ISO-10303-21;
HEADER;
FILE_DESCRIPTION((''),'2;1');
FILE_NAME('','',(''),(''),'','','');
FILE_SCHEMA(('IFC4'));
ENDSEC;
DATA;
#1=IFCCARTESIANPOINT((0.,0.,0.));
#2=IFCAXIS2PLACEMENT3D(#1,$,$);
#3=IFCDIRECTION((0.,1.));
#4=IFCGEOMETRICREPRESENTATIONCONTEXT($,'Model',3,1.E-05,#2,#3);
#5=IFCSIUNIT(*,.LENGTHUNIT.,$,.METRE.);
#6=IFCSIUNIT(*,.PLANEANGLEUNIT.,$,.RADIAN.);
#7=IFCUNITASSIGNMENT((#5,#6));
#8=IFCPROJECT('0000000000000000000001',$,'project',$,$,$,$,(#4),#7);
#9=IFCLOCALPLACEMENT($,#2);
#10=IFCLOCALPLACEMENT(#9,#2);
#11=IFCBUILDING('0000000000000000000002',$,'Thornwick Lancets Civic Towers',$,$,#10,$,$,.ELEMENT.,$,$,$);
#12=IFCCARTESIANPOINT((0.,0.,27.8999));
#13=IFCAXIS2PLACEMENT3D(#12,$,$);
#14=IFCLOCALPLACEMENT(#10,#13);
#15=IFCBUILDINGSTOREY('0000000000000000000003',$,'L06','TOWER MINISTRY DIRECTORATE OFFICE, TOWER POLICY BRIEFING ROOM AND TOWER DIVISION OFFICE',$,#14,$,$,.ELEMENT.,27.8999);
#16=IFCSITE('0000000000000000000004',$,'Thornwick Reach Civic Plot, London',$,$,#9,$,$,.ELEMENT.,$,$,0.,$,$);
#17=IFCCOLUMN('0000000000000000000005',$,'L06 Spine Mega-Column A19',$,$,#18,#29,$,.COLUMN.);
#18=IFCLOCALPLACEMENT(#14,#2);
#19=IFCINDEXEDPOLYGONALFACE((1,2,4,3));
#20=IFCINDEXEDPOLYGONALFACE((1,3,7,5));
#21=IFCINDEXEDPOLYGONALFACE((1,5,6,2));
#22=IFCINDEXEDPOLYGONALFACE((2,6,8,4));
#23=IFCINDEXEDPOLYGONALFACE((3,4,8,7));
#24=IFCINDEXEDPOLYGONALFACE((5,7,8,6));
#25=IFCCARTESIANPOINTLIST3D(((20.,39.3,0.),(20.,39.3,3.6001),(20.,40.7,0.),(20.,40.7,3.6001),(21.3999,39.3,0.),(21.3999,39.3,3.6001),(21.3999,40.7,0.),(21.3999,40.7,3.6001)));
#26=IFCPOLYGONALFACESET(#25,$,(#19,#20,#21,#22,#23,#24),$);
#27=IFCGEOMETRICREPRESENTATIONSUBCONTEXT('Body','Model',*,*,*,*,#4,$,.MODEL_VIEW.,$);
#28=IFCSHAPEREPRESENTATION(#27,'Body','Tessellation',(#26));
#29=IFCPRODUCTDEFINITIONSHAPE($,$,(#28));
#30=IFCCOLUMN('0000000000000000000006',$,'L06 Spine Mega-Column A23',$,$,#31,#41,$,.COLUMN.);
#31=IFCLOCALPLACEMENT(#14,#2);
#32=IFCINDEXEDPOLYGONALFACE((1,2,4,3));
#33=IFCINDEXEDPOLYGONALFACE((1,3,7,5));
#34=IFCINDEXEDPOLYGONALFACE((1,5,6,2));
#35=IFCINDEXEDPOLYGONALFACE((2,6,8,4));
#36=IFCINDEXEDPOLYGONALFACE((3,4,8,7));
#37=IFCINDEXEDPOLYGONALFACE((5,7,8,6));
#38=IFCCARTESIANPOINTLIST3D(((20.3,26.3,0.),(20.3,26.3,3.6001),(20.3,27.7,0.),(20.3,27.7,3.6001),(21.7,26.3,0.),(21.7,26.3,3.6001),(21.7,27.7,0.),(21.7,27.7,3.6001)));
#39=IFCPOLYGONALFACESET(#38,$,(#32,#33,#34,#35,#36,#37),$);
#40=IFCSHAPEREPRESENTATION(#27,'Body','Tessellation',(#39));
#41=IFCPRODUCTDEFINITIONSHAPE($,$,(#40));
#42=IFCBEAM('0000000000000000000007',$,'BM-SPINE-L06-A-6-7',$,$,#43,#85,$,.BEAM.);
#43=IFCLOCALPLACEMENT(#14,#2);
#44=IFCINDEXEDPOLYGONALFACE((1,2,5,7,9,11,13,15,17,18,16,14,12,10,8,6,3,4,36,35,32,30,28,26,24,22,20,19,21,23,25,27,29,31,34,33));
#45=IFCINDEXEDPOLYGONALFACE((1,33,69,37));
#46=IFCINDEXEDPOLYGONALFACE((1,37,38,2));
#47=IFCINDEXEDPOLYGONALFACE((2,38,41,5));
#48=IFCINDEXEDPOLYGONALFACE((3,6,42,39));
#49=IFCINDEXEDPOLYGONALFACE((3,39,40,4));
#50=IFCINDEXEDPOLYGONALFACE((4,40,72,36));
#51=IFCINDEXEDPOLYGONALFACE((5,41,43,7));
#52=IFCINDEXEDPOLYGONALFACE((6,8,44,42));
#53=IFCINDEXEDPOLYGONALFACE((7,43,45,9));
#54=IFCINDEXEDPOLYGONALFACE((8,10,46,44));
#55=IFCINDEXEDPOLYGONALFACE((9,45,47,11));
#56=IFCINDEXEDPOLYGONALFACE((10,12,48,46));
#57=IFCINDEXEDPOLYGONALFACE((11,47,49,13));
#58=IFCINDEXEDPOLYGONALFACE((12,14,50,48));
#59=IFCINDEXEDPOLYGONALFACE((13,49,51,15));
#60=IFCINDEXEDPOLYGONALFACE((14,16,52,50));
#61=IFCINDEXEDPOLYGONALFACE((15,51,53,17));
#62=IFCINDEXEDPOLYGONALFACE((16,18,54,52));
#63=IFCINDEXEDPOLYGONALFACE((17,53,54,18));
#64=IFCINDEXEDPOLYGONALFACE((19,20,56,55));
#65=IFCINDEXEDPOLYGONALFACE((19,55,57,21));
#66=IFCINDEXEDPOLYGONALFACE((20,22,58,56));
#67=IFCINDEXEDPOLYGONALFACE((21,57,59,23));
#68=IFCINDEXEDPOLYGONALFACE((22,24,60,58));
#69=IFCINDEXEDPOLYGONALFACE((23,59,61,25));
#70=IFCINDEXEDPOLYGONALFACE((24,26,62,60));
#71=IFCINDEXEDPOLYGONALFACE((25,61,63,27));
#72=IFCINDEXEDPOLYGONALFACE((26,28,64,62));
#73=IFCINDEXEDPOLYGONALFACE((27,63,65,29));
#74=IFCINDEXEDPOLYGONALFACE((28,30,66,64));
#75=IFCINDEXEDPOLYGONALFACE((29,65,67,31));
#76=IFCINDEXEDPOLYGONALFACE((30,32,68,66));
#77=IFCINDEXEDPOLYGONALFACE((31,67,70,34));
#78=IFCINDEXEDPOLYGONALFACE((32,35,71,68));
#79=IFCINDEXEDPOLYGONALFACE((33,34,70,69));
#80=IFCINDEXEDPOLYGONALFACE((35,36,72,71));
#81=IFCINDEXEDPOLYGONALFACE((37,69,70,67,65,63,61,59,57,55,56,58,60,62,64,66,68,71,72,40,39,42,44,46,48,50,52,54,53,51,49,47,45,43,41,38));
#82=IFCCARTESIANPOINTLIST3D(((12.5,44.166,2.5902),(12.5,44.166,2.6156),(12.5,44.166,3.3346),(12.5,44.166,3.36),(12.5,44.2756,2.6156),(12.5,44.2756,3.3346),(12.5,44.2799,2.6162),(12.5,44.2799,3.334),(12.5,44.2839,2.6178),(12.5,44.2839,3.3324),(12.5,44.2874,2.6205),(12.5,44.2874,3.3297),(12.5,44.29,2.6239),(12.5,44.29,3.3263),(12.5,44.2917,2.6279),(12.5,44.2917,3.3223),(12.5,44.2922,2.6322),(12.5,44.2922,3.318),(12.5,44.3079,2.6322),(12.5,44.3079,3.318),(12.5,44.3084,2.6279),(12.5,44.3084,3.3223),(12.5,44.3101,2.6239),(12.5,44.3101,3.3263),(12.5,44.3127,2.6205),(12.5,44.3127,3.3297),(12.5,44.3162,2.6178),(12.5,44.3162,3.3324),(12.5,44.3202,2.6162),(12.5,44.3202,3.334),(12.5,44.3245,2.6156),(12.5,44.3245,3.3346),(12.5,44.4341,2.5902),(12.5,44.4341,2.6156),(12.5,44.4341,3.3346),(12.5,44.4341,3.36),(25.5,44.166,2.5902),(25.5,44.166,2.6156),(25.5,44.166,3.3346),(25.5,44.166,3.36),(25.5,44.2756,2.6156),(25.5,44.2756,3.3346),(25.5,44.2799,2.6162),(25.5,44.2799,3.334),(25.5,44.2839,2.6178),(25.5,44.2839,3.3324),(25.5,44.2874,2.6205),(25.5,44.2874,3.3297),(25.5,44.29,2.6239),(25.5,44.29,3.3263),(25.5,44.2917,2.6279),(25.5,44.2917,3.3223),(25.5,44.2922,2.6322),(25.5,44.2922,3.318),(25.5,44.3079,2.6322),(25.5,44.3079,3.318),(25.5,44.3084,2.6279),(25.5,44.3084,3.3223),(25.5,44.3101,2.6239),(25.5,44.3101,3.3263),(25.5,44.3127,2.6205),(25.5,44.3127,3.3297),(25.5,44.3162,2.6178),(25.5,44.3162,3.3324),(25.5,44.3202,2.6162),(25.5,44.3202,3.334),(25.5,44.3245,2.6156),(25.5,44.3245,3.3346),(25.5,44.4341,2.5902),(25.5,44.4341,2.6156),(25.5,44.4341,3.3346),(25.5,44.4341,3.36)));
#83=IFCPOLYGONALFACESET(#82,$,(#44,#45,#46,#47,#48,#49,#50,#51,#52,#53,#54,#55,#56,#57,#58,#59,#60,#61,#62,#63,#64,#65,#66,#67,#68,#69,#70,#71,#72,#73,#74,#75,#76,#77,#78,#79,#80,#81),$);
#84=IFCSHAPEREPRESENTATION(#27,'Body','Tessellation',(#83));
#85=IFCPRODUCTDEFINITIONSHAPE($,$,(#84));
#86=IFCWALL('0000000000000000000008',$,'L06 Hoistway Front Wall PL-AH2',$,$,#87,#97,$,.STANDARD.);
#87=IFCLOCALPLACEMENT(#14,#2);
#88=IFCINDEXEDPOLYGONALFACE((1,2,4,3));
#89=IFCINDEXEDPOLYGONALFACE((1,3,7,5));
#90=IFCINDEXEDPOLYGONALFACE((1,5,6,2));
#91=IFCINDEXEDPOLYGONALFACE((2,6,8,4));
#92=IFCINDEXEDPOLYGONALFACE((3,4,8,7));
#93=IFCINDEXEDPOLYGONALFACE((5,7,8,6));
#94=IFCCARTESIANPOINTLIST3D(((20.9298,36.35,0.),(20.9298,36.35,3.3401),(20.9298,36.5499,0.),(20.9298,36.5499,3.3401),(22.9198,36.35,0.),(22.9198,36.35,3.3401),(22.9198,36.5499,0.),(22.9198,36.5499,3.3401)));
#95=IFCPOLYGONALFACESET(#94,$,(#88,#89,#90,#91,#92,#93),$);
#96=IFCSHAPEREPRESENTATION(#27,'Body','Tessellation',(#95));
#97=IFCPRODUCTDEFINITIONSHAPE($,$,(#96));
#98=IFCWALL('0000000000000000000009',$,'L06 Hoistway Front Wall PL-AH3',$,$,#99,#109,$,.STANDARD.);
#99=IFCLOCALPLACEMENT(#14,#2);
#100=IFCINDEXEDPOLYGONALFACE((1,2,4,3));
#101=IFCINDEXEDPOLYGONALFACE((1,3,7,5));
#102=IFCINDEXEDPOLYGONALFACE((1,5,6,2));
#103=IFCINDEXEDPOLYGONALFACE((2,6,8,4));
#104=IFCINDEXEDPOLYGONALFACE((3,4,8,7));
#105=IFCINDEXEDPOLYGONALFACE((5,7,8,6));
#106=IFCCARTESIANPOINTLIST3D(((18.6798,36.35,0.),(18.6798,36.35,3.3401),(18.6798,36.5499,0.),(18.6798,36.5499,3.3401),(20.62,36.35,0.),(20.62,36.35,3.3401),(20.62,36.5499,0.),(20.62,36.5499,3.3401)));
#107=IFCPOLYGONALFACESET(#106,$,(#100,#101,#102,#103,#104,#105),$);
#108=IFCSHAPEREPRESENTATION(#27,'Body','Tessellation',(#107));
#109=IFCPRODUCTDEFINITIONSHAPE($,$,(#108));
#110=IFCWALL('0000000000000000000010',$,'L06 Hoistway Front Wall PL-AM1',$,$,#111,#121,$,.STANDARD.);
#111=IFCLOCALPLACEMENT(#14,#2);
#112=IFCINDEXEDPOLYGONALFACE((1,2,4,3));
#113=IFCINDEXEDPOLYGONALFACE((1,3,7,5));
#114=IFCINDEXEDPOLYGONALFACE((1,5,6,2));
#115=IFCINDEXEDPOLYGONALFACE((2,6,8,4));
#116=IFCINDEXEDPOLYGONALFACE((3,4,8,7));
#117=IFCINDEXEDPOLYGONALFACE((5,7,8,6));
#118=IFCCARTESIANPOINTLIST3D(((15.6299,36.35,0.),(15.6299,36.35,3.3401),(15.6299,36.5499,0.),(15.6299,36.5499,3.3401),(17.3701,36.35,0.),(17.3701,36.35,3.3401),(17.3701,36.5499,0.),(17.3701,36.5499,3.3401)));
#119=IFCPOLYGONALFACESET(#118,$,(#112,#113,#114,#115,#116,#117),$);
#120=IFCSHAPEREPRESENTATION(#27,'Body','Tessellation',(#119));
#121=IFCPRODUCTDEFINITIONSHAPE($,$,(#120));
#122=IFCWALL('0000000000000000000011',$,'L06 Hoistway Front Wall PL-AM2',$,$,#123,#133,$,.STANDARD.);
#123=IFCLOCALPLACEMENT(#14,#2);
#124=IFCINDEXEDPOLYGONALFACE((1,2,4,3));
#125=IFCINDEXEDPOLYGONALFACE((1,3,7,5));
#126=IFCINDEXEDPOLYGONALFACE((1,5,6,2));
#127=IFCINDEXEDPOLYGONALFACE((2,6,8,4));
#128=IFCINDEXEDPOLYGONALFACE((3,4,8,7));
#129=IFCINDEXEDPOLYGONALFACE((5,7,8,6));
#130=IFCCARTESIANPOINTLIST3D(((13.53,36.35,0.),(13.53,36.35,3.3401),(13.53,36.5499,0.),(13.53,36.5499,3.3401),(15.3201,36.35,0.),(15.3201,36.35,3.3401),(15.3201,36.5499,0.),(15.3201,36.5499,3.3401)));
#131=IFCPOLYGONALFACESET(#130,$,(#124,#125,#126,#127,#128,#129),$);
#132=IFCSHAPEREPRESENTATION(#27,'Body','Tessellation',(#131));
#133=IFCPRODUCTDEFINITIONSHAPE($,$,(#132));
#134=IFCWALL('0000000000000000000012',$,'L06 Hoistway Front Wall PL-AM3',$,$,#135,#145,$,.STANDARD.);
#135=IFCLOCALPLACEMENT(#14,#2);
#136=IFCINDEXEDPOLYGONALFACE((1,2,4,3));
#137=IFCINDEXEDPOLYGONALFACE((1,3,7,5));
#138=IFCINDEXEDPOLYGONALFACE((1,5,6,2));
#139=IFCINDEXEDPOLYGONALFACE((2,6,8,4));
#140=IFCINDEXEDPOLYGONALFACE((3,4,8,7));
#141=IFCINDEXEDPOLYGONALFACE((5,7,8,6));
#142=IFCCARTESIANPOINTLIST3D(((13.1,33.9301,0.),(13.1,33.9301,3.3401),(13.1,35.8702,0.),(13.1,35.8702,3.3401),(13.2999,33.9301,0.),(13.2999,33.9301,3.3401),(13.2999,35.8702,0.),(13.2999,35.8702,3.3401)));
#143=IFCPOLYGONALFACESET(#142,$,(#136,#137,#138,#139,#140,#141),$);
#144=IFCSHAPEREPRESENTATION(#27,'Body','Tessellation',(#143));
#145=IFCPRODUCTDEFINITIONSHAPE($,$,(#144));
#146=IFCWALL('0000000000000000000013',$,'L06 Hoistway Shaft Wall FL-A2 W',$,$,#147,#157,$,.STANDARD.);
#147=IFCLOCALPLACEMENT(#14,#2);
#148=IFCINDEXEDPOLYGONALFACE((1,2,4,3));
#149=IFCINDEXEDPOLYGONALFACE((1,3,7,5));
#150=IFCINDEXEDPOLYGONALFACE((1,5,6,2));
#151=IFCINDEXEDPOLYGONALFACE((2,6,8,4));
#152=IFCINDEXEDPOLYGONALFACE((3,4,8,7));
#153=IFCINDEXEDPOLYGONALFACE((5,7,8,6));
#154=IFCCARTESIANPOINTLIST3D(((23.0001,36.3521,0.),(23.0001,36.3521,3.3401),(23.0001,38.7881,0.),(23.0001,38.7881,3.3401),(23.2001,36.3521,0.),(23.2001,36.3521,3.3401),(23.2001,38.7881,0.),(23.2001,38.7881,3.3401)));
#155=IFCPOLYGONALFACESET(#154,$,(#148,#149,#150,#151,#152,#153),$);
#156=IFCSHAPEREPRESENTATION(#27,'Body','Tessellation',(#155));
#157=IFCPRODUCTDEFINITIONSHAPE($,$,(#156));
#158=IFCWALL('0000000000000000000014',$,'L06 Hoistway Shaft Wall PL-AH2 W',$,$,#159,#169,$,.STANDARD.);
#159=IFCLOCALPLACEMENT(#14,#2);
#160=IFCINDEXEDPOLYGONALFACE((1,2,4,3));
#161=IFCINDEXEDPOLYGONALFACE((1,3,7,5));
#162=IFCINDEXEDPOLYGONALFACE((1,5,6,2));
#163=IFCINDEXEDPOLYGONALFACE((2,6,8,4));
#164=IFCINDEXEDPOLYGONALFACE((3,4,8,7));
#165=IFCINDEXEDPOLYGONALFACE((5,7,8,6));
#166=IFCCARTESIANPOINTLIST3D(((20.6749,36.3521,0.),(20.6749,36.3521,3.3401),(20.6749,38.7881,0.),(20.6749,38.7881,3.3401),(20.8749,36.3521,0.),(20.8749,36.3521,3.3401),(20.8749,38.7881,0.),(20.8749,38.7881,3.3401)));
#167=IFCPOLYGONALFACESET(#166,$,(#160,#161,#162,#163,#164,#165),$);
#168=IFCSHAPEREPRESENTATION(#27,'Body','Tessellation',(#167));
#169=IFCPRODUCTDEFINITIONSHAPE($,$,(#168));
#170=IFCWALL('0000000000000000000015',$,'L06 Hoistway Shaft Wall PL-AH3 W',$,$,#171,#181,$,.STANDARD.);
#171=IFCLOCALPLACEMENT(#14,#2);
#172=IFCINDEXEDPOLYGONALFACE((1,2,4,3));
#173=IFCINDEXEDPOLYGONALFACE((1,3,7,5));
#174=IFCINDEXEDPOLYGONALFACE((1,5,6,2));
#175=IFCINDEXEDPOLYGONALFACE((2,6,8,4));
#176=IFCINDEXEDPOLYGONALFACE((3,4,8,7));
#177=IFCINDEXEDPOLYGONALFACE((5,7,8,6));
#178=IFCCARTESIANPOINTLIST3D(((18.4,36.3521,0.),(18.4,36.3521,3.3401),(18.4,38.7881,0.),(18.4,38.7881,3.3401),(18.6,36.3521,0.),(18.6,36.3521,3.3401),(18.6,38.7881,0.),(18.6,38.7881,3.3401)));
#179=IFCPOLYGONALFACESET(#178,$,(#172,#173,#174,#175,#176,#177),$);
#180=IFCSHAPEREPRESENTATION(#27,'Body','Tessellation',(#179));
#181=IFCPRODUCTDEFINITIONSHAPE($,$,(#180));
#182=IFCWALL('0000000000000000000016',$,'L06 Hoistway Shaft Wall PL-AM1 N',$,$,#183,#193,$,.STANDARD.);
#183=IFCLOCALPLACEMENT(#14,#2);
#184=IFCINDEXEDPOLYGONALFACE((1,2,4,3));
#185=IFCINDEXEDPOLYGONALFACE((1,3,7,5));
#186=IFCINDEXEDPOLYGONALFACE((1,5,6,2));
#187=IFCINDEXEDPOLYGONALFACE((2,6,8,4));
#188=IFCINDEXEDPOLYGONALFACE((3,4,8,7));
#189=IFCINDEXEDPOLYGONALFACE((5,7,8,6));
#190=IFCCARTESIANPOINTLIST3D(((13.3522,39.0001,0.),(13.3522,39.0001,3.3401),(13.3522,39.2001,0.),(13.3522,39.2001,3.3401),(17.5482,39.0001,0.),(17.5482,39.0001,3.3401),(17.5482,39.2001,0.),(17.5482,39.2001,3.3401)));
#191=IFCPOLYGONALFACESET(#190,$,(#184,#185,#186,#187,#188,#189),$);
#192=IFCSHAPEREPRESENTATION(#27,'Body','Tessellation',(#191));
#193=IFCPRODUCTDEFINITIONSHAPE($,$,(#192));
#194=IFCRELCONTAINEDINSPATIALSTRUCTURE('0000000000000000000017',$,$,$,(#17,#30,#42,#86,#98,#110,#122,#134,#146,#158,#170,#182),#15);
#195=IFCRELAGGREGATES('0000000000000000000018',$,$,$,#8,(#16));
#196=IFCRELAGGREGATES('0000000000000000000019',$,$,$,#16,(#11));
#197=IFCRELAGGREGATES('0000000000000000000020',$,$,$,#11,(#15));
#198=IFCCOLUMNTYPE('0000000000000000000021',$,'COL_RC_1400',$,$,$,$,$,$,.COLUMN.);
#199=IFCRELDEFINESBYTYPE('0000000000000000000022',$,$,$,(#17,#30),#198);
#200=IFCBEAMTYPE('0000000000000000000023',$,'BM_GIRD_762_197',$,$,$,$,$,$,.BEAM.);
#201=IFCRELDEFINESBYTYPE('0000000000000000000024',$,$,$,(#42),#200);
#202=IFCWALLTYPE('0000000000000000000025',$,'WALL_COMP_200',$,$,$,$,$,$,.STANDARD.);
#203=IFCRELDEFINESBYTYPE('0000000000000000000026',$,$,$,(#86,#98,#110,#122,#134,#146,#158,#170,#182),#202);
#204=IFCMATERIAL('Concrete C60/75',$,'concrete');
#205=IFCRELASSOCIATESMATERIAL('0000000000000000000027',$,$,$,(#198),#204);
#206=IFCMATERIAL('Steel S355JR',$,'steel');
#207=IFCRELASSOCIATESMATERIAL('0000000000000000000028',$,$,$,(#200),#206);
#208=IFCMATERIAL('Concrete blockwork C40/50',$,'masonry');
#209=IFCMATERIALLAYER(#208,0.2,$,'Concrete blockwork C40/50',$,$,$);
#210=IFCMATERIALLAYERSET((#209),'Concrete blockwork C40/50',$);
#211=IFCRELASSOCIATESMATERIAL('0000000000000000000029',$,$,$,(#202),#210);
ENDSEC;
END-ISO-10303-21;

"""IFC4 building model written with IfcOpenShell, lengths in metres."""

from ifc_helpers import new_model, si_unit, direction, frame, frame_2d, origin, origin_2d, place, context, subcontext, project, spatial, rectangle, i_section, extrude, material, layer, layer_set, material_profile, profile_set, type_object, element, save


model = new_model("IFC4")

# Units and contexts
model_context = context("Model", 3, precision=1e-05, world=origin(), true_north=direction((0.0, 1.0)))
body_context = subcontext(model_context, "Body", "Model", "MODEL_VIEW")
ifc_project = project(units=[si_unit("LENGTHUNIT", "METRE"), si_unit("PLANEANGLEUNIT", "RADIAN")], contexts=[model_context])

# Site, building, storey
site_placement = place(None, origin())
site = spatial("IfcSite", under=ifc_project, at=site_placement, Name="Thornwick Reach Civic Plot, London", CompositionType="ELEMENT", RefElevation=0.0)
building_placement = place(site_placement, origin())
building = spatial("IfcBuilding", under=site, at=building_placement, Name="Thornwick Lancets Civic Towers", CompositionType="ELEMENT")
storey_placement = place(building_placement, frame((0.0, 0.0, 27.8999)))
storey = spatial("IfcBuildingStorey", under=building, at=storey_placement, Name="L06", Description="TOWER MINISTRY DIRECTORATE OFFICE, TOWER POLICY BRIEFING ROOM AND TOWER DIVISION OFFICE", CompositionType="ELEMENT", Elevation=27.8999)

# Columns
ifc_material_1 = material(Name="Concrete C60/75", Category="concrete")
ifc_material_profile_1 = material_profile(ifc_material_1, rectangle(XDim=1.3999, YDim=1.3999, at=origin_2d()), Name="RC 1400x1400")
ifc_profile_set_1 = profile_set([ifc_material_profile_1], Name="Concrete C60/75")
column_type = type_object("IfcColumnType", Name="COL_RC_1400", PredefinedType="COLUMN", material=ifc_profile_set_1)
for number, where, z_axis, x_axis, name in (
    (1, (20.7, 40.0, 0.0), (0.0, 0.0, 1.0), (1.0, 0.0, 0.0), "L06 Spine Mega-Column A19"),
    (2, (21.0, 27.0, 0.0), (0.0, 0.0, 1.0), (1.0, 0.0, 0.0), "L06 Spine Mega-Column A23"),
):
    element("IfcColumn", number, at=place(storey_placement, frame(where, z_axis=z_axis, x_axis=x_axis)), inside=storey, type_object=column_type, Name=name, PredefinedType="COLUMN", context=body_context, shape_type="SweptSolid", body=[
        extrude(rectangle(XDim=1.3999, YDim=1.3999, at=origin_2d()), origin(), (0.0, 0.0, 1.0), 3.6001),
    ])

# Beam
ifc_material_2 = material(Name="Steel S355JR", Category="steel")
ifc_material_profile_2 = material_profile(ifc_material_2, i_section(OverallWidth=0.2681, OverallDepth=0.7698, WebThickness=0.0156, FlangeThickness=0.0254, FilletRadius=0.0166, at=origin_2d()), Name="UKB 762x267x197")
ifc_profile_set_2 = profile_set([ifc_material_profile_2], Name="Steel S355JR")
beam_type = type_object("IfcBeamType", Name="BM_GIRD_762_197", PredefinedType="BEAM", material=ifc_profile_set_2)
beam_placement = place(storey_placement, frame((12.5, 44.3, 2.9751), z_axis=(1.0, 0.0, 0.0), x_axis=(0.0, 1.0, 0.0)))
element("IfcBeam", 3, at=beam_placement, inside=storey, type_object=beam_type, Name="BM-SPINE-L06-A-6-7", PredefinedType="BEAM", context=body_context, shape_type="SweptSolid", body=[
    extrude(i_section(OverallWidth=0.2681, OverallDepth=0.7698, WebThickness=0.0156, FlangeThickness=0.0254, FilletRadius=0.0166, at=origin_2d()), origin(), (0.0, 0.0, 1.0), 13.0),
])

# Walls
ifc_material_3 = material(Name="Concrete blockwork C40/50", Category="masonry")
ifc_layer_1 = layer(ifc_material_3, 0.2, Name="Concrete blockwork C40/50")
ifc_layer_set_1 = layer_set([ifc_layer_1], Name="Concrete blockwork C40/50")
wall_type_1 = type_object("IfcWallType", Name="WALL_COMP_200", PredefinedType="STANDARD", material=ifc_layer_set_1)
wall_1_placement = place(storey_placement, frame((22.9199, 36.45, 0.0), z_axis=(0.0, 0.0, 1.0), x_axis=(-1.0, 0.0, 0.0)))
element("IfcWall", 4, at=wall_1_placement, inside=storey, type_object=wall_type_1, Name="L06 Hoistway Front Wall PL-AH2", PredefinedType="STANDARD", context=body_context, shape_type="SweptSolid", body=[
    extrude(rectangle(XDim=1.99, YDim=0.2, at=frame_2d((0.9951, 0.0))), origin(), (0.0, 0.0, 1.0), 3.3401),
])
wall_2_placement = place(storey_placement, frame((20.6201, 36.45, 0.0), z_axis=(0.0, 0.0, 1.0), x_axis=(-1.0, 0.0, 0.0)))
element("IfcWall", 5, at=wall_2_placement, inside=storey, type_object=wall_type_1, Name="L06 Hoistway Front Wall PL-AH3", PredefinedType="STANDARD", context=body_context, shape_type="SweptSolid", body=[
    extrude(rectangle(XDim=1.9402, YDim=0.2, at=frame_2d((0.9702, 0.0))), origin(), (0.0, 0.0, 1.0), 3.3401),
])
wall_3_placement = place(storey_placement, frame((17.3701, 36.45, 0.0), z_axis=(0.0, 0.0, 1.0), x_axis=(-1.0, 0.0, 0.0)))
element("IfcWall", 6, at=wall_3_placement, inside=storey, type_object=wall_type_1, Name="L06 Hoistway Front Wall PL-AM1", PredefinedType="STANDARD", context=body_context, shape_type="SweptSolid", body=[
    extrude(rectangle(XDim=1.7402, YDim=0.2, at=frame_2d((0.8701, 0.0))), origin(), (0.0, 0.0, 1.0), 3.3401),
])
wall_4_placement = place(storey_placement, frame((15.3201, 36.45, 0.0), z_axis=(0.0, 0.0, 1.0), x_axis=(-1.0, 0.0, 0.0)))
element("IfcWall", 7, at=wall_4_placement, inside=storey, type_object=wall_type_1, Name="L06 Hoistway Front Wall PL-AM2", PredefinedType="STANDARD", context=body_context, shape_type="SweptSolid", body=[
    extrude(rectangle(XDim=1.79, YDim=0.2, at=frame_2d((0.895, 0.0))), origin(), (0.0, 0.0, 1.0), 3.3401),
])
wall_5_placement = place(storey_placement, frame((13.2, 33.9299, 0.0), z_axis=(0.0, 0.0, 1.0), x_axis=(0.0, 1.0, 0.0)))
element("IfcWall", 8, at=wall_5_placement, inside=storey, type_object=wall_type_1, Name="L06 Hoistway Front Wall PL-AM3", PredefinedType="STANDARD", context=body_context, shape_type="SweptSolid", body=[
    extrude(rectangle(XDim=1.9402, YDim=0.2, at=frame_2d((0.9702, 0.0))), origin(), (0.0, 0.0, 1.0), 3.3401),
])
for number, where, z_axis, x_axis, name in (
    (9, (23.1001, 36.3521, 0.0), (0.0, 0.0, 1.0), (0.0, 1.0, 0.0), "L06 Hoistway Shaft Wall FL-A2 W"),
    (10, (20.7749, 36.3521, 0.0), (0.0, 0.0, 1.0), (0.0, 1.0, 0.0), "L06 Hoistway Shaft Wall PL-AH2 W"),
    (11, (18.5, 36.3521, 0.0), (0.0, 0.0, 1.0), (0.0, 1.0, 0.0), "L06 Hoistway Shaft Wall PL-AH3 W"),
):
    element("IfcWall", number, at=place(storey_placement, frame(where, z_axis=z_axis, x_axis=x_axis)), inside=storey, type_object=wall_type_1, Name=name, PredefinedType="STANDARD", context=body_context, shape_type="SweptSolid", body=[
        extrude(rectangle(XDim=2.436, YDim=0.2, at=frame_2d((1.218, 0.0))), origin(), (0.0, 0.0, 1.0), 3.3401),
    ])
wall_6_placement = place(storey_placement, frame((13.3521, 39.1001, 0.0), z_axis=(0.0, 0.0, 1.0), x_axis=(1.0, 0.0, 0.0)))
element("IfcWall", 12, at=wall_6_placement, inside=storey, type_object=wall_type_1, Name="L06 Hoistway Shaft Wall PL-AM1 N", PredefinedType="STANDARD", context=body_context, shape_type="SweptSolid", body=[
    extrude(rectangle(XDim=4.196, YDim=0.2, at=frame_2d((2.0981, 0.0))), origin(), (0.0, 0.0, 1.0), 3.3401),
])

save(model, "model.ifc")
